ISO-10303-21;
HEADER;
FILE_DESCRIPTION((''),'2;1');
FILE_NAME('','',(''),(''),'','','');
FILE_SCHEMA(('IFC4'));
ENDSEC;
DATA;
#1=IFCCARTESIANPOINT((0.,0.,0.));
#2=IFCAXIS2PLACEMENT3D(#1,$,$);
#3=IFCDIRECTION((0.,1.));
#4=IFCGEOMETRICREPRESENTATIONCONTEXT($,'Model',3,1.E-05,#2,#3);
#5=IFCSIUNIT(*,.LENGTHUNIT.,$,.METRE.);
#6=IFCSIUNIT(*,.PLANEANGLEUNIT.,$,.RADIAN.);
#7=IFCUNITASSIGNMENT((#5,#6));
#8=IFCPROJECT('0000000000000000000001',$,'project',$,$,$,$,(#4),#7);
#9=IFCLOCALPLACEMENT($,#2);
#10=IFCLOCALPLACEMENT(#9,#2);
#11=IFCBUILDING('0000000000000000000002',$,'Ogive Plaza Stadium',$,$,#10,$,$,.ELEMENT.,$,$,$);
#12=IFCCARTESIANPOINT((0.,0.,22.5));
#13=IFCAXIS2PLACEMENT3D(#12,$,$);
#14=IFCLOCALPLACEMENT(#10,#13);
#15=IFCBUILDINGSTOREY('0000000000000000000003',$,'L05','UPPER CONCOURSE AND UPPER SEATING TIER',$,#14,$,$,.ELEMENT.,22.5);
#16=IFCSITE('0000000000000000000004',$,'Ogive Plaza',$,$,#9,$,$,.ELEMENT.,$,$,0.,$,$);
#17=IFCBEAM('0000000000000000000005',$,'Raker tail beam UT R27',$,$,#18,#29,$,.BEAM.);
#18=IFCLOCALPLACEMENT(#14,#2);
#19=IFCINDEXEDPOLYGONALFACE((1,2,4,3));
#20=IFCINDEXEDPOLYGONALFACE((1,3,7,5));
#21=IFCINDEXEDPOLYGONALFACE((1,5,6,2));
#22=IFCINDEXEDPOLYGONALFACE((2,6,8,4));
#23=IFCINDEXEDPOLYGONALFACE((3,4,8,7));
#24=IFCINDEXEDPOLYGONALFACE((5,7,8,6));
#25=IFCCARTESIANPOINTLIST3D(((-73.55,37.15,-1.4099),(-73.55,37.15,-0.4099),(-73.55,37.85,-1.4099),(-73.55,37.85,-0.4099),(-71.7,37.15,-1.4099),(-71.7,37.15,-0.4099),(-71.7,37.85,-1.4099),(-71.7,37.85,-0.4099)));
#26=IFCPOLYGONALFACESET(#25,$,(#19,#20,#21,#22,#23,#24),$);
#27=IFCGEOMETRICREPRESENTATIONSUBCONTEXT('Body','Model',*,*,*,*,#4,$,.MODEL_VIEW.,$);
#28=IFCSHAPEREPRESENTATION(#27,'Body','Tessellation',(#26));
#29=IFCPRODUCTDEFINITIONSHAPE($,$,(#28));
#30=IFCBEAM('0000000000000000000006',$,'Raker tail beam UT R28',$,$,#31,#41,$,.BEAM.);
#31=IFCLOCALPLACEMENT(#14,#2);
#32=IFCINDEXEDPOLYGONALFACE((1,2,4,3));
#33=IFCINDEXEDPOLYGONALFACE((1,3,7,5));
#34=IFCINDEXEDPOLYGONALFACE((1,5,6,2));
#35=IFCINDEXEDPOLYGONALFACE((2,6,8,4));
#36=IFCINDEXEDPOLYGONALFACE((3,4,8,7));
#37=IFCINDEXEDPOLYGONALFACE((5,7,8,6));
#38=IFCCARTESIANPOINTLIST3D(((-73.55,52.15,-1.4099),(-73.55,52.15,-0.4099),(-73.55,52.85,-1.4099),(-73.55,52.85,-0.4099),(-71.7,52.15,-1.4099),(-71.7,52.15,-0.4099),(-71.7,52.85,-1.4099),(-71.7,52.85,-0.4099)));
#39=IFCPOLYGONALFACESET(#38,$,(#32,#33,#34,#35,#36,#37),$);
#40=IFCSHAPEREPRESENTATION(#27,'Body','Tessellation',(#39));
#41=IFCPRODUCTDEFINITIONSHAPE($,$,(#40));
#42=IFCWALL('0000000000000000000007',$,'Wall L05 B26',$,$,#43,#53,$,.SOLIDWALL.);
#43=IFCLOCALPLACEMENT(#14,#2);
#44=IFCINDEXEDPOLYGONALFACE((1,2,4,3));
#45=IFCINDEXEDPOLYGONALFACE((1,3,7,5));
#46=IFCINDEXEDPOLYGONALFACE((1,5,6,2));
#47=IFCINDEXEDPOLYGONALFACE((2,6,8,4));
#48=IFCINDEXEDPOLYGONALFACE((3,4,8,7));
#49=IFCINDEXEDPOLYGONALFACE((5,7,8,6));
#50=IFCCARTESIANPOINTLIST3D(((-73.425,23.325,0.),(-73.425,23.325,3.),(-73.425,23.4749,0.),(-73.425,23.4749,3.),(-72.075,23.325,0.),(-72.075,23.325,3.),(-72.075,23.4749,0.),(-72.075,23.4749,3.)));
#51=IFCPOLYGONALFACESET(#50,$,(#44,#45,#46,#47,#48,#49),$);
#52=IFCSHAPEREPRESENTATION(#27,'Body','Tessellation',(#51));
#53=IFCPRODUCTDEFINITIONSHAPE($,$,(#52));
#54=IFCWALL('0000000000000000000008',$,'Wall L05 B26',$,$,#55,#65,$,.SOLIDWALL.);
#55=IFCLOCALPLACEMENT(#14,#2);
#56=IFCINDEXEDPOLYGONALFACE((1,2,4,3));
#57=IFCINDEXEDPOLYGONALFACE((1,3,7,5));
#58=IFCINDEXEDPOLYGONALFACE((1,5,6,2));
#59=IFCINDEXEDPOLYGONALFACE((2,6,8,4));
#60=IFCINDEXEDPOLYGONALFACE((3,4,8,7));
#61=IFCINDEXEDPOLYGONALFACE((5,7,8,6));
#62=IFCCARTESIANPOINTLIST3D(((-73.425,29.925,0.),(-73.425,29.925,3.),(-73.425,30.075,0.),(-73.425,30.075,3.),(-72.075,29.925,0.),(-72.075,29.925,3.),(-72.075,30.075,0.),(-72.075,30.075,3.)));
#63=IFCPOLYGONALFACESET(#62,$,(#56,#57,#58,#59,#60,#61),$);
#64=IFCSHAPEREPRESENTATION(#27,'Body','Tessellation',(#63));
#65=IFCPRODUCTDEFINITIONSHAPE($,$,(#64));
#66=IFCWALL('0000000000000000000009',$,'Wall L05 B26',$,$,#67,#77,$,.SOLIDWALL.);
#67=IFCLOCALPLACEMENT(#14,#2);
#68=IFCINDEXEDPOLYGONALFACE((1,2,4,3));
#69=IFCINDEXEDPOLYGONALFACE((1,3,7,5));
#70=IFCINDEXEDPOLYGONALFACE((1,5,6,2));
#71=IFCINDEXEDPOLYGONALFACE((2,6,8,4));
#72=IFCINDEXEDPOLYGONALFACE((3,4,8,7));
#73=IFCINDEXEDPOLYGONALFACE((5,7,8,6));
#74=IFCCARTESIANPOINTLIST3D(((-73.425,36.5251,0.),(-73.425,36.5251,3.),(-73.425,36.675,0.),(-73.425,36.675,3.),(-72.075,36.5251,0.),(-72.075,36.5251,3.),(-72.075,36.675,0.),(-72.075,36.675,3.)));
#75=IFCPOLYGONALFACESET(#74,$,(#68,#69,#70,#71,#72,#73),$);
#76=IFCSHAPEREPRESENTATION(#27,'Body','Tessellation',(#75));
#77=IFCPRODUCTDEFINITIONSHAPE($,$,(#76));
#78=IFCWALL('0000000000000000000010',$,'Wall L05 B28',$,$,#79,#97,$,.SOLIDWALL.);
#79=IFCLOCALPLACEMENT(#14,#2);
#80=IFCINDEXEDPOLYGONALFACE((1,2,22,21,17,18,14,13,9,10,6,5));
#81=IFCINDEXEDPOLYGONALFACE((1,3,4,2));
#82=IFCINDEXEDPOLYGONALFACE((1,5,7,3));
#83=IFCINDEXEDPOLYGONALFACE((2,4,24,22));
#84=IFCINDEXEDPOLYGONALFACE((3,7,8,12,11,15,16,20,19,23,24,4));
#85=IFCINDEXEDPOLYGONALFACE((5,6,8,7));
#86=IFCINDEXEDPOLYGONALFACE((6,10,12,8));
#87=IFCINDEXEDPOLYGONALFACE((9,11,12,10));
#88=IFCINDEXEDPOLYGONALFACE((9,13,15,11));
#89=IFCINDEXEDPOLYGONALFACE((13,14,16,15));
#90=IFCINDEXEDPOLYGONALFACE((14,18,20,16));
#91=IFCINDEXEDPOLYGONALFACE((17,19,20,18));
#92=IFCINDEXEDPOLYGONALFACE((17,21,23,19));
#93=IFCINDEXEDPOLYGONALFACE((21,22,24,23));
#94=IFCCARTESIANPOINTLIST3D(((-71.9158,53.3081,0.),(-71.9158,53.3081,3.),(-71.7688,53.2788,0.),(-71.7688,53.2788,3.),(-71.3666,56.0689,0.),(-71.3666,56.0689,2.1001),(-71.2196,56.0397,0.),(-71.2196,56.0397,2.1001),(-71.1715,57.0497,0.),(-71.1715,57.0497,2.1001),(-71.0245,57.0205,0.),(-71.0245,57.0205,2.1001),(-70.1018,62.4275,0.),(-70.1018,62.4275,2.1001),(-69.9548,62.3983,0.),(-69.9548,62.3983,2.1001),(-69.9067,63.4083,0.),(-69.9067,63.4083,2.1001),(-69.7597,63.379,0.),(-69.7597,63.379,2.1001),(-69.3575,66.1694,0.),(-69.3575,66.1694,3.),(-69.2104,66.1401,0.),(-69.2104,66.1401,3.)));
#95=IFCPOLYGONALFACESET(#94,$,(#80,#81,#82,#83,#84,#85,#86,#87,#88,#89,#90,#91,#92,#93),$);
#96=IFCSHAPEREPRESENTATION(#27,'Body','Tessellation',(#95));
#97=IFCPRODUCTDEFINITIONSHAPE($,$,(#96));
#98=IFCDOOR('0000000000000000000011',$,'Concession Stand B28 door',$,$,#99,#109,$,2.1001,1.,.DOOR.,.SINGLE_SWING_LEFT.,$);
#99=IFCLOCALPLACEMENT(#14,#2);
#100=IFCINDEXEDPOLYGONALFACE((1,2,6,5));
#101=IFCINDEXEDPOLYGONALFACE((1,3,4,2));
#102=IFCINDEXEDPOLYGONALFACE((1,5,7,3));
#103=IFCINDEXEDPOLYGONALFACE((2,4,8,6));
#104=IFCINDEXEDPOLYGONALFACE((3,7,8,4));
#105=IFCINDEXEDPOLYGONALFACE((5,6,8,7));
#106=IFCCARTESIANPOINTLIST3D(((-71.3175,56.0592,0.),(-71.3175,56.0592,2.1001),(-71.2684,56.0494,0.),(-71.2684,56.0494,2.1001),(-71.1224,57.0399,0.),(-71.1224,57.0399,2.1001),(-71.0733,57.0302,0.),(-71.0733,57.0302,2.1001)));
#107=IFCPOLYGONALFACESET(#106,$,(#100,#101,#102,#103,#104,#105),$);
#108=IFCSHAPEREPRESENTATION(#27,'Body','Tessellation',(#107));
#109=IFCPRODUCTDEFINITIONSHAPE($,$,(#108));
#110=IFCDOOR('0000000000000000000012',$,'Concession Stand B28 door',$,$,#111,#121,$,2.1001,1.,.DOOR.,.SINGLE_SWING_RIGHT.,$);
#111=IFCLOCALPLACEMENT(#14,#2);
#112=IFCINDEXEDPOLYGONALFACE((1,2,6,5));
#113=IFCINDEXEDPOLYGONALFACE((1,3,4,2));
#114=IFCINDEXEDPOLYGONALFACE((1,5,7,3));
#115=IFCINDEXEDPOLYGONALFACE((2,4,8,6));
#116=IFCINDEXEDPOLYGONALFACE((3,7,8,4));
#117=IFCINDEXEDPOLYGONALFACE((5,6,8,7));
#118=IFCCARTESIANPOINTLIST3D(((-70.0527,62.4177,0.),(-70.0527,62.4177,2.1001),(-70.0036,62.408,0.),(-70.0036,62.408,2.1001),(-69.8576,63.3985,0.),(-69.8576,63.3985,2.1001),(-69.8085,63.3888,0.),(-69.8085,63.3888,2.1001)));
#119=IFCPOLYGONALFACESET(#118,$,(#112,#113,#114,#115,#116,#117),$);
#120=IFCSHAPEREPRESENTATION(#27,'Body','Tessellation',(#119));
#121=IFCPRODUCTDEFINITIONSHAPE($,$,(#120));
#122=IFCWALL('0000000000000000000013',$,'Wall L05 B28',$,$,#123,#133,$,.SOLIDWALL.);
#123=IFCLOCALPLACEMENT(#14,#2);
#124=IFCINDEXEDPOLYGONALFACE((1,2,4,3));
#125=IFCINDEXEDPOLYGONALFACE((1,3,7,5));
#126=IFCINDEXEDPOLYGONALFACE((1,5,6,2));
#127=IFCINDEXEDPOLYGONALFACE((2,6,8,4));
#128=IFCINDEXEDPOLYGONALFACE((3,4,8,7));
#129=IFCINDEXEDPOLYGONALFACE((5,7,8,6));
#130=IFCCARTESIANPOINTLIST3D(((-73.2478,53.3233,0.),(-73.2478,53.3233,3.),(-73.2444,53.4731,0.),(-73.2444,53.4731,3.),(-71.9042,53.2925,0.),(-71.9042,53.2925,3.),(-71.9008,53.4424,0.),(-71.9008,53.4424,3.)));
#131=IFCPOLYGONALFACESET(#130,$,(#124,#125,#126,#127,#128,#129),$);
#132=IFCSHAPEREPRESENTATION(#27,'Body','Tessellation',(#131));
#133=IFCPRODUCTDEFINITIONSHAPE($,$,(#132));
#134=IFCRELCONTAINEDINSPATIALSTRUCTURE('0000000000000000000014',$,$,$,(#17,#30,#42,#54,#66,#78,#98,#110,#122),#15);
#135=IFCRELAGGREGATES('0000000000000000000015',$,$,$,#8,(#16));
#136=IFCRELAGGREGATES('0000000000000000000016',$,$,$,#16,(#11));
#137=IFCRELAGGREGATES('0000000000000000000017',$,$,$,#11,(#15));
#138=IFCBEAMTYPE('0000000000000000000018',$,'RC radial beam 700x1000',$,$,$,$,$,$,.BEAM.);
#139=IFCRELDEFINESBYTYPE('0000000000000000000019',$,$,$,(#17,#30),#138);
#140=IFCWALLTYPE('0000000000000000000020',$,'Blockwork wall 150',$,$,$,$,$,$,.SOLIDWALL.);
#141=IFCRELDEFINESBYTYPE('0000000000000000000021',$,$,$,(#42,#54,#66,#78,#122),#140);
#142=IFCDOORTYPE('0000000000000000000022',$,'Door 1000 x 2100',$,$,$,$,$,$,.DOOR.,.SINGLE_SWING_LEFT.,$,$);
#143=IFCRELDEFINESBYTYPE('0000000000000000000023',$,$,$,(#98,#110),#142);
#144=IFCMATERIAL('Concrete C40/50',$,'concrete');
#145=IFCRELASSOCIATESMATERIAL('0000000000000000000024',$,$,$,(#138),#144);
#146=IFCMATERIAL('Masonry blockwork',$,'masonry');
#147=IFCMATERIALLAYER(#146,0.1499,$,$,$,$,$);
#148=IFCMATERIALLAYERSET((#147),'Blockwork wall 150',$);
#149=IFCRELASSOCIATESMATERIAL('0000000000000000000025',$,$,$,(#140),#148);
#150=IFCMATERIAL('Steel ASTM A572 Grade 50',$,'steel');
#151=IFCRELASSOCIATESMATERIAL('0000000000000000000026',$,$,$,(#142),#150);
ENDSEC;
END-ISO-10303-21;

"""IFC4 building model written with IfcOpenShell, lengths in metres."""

from ifc_helpers import new_model, si_unit, direction, frame, frame_2d, origin, origin_2d, place, context, subcontext, project, spatial, rectangle, extrude, material, layer, layer_set, material_profile, profile_set, type_object, element, fill, save


model = new_model("IFC4")

# Units and contexts
model_context = context("Model", 3, precision=1e-05, world=origin(), true_north=direction((0.0, 1.0)))
body_context = subcontext(model_context, "Body", "Model", "MODEL_VIEW")
ifc_project = project(units=[si_unit("LENGTHUNIT", "METRE"), si_unit("PLANEANGLEUNIT", "RADIAN")], contexts=[model_context])

# Site, building, storey
site_placement = place(None, origin())
site = spatial("IfcSite", under=ifc_project, at=site_placement, Name="Ogive Plaza", CompositionType="ELEMENT", RefElevation=0.0)
building_placement = place(site_placement, origin())
building = spatial("IfcBuilding", under=site, at=building_placement, Name="Ogive Plaza Stadium", CompositionType="ELEMENT")
storey_placement = place(building_placement, frame((0.0, 0.0, 22.5)))
storey = spatial("IfcBuildingStorey", under=building, at=storey_placement, Name="L05", Description="UPPER CONCOURSE AND UPPER SEATING TIER", CompositionType="ELEMENT", Elevation=22.5)

# Beams
ifc_material_1 = material(Name="Concrete C40/50", Category="concrete")
ifc_material_profile = material_profile(ifc_material_1, rectangle(XDim=0.7, YDim=1.0, at=origin_2d()), Name="RC 700x1000")
ifc_profile_set = profile_set([ifc_material_profile], Name="Concrete C40/50")
beam_type = type_object("IfcBeamType", Name="RC radial beam 700x1000", PredefinedType="BEAM", material=ifc_profile_set)
for number, where, z_axis, x_axis, name in (
    (1, (-71.7, 37.5, -0.9099), (-1.0, 0.0, 0.0), (0.0, -1.0, 0.0), "Raker tail beam UT R27"),
    (2, (-71.7, 52.5, -0.9099), (-1.0, 0.0, 0.0), (0.0, -1.0, 0.0), "Raker tail beam UT R28"),
):
    element("IfcBeam", number, at=place(storey_placement, frame(where, z_axis=z_axis, x_axis=x_axis)), inside=storey, type_object=beam_type, Name=name, PredefinedType="BEAM", context=body_context, shape_type="SweptSolid", body=[
        extrude(rectangle(XDim=0.7, YDim=1.0, at=origin_2d()), origin(), (0.0, 0.0, 1.0), 1.8501),
    ])

# Walls
ifc_material_2 = material(Name="Masonry blockwork", Category="masonry")
ifc_layer_1 = layer(ifc_material_2, 0.1499)
ifc_layer_set_1 = layer_set([ifc_layer_1], Name="Blockwork wall 150")
wall_type_1 = type_object("IfcWallType", Name="Blockwork wall 150", PredefinedType="SOLIDWALL", material=ifc_layer_set_1)
for number, where, z_axis, x_axis, name in (
    (3, (-72.075, 23.3999, 0.0), (0.0, 0.0, 1.0), (-1.0, 0.0, 0.0), "Wall L05 B26"),
    (4, (-72.075, 30.0, 0.0), (0.0, 0.0, 1.0), (-1.0, 0.0, 0.0), "Wall L05 B26"),
    (5, (-72.075, 36.6001, 0.0), (0.0, 0.0, 1.0), (-1.0, 0.0, 0.0), "Wall L05 B26"),
):
    element("IfcWall", number, at=place(storey_placement, frame(where, z_axis=z_axis, x_axis=x_axis)), inside=storey, type_object=wall_type_1, Name=name, PredefinedType="SOLIDWALL", context=body_context, shape_type="SweptSolid", body=[
        extrude(rectangle(XDim=1.3501, YDim=0.1499, at=frame_2d((0.675, 0.0))), origin(), (0.0, 0.0, 1.0), 3.0),
    ])

# Wall, openings, doors
wall_1_placement = place(storey_placement, frame((-71.8423, 53.2935, 0.0), z_axis=(0.0, 0.0, 1.0), x_axis=(0.195096, 0.980784, 0.0)))
wall_1 = element("IfcWall", 6, at=wall_1_placement, inside=storey, type_object=wall_type_1, Name="Wall L05 B28", PredefinedType="SOLIDWALL", context=body_context, shape_type="SweptSolid", body=[
    extrude(rectangle(XDim=13.1133, YDim=0.1499, at=frame_2d((6.5566, 0.0))), origin(), (0.0, 0.0, 1.0), 3.0),
])
opening_1_placement = place(wall_1_placement, frame((2.8149, 0.0, 0.0)))
opening_1 = element("IfcOpeningElement", 7, at=opening_1_placement, cuts=wall_1, PredefinedType="OPENING", context=body_context, shape_type="SweptSolid", body=[
    extrude(rectangle(XDim=1.0, YDim=2.1001, at=frame_2d((0.5, 1.05))), frame((0.0, 0.075, 0.0), z_axis=(0.0, -1.0, 0.0), x_axis=(1.0, 0.0, 0.0)), (0.0, 0.0, 1.0), 0.1499),
])
opening_2_placement = place(wall_1_placement, frame((9.2981, 0.0, 0.0)))
opening_2 = element("IfcOpeningElement", 8, at=opening_2_placement, cuts=wall_1, PredefinedType="OPENING", context=body_context, shape_type="SweptSolid", body=[
    extrude(rectangle(XDim=1.0, YDim=2.1001, at=frame_2d((0.5, 1.05))), frame((0.0, 0.075, 0.0), z_axis=(0.0, -1.0, 0.0), x_axis=(1.0, 0.0, 0.0)), (0.0, 0.0, 1.0), 0.1499),
])
ifc_material_3 = material(Name="Steel ASTM A572 Grade 50", Category="steel")
door_type_1 = type_object("IfcDoorType", Name="Door 1000 x 2100", OperationType="SINGLE_SWING_LEFT", PredefinedType="DOOR", material=ifc_material_3)
door_1_placement = place(opening_1_placement, origin())
door_1 = element("IfcDoor", 9, at=door_1_placement, inside=storey, type_object=door_type_1, Name="Concession Stand B28 door", OperationType="SINGLE_SWING_LEFT", OverallHeight=2.1001, OverallWidth=1.0, PredefinedType="DOOR", context=body_context, shape_type="SweptSolid", body=[
    extrude(rectangle(XDim=1.0, YDim=2.1001, at=frame_2d((0.5, 1.05))), frame((0.0, 0.0249, 0.0), z_axis=(0.0, -1.0, 0.0), x_axis=(1.0, 0.0, 0.0)), (0.0, 0.0, 1.0), 0.05),
])
fill(opening_1, door_1)
door_2_placement = place(opening_2_placement, origin())
door_2 = element("IfcDoor", 10, at=door_2_placement, inside=storey, type_object=door_type_1, Name="Concession Stand B28 door", OperationType="SINGLE_SWING_RIGHT", OverallHeight=2.1001, OverallWidth=1.0, PredefinedType="DOOR", context=body_context, shape_type="SweptSolid", body=[
    extrude(rectangle(XDim=1.0, YDim=2.1001, at=frame_2d((0.5, 1.05))), frame((0.0, 0.0249, 0.0), z_axis=(0.0, -1.0, 0.0), x_axis=(1.0, 0.0, 0.0)), (0.0, 0.0, 1.0), 0.05),
])
fill(opening_2, door_2)

# Wall
wall_2_placement = place(storey_placement, frame((-71.9026, 53.3674, 0.0), z_axis=(0.0, 0.0, 1.0), x_axis=(-0.999738, 0.022886, 0.0)))
element("IfcWall", 11, at=wall_2_placement, inside=storey, type_object=wall_type_1, Name="Wall L05 B28", PredefinedType="SOLIDWALL", context=body_context, shape_type="SweptSolid", body=[
    extrude(rectangle(XDim=1.344, YDim=0.1499, at=frame_2d((0.6719, 0.0))), origin(), (0.0, 0.0, 1.0), 3.0),
])

save(model, "model.ifc")
